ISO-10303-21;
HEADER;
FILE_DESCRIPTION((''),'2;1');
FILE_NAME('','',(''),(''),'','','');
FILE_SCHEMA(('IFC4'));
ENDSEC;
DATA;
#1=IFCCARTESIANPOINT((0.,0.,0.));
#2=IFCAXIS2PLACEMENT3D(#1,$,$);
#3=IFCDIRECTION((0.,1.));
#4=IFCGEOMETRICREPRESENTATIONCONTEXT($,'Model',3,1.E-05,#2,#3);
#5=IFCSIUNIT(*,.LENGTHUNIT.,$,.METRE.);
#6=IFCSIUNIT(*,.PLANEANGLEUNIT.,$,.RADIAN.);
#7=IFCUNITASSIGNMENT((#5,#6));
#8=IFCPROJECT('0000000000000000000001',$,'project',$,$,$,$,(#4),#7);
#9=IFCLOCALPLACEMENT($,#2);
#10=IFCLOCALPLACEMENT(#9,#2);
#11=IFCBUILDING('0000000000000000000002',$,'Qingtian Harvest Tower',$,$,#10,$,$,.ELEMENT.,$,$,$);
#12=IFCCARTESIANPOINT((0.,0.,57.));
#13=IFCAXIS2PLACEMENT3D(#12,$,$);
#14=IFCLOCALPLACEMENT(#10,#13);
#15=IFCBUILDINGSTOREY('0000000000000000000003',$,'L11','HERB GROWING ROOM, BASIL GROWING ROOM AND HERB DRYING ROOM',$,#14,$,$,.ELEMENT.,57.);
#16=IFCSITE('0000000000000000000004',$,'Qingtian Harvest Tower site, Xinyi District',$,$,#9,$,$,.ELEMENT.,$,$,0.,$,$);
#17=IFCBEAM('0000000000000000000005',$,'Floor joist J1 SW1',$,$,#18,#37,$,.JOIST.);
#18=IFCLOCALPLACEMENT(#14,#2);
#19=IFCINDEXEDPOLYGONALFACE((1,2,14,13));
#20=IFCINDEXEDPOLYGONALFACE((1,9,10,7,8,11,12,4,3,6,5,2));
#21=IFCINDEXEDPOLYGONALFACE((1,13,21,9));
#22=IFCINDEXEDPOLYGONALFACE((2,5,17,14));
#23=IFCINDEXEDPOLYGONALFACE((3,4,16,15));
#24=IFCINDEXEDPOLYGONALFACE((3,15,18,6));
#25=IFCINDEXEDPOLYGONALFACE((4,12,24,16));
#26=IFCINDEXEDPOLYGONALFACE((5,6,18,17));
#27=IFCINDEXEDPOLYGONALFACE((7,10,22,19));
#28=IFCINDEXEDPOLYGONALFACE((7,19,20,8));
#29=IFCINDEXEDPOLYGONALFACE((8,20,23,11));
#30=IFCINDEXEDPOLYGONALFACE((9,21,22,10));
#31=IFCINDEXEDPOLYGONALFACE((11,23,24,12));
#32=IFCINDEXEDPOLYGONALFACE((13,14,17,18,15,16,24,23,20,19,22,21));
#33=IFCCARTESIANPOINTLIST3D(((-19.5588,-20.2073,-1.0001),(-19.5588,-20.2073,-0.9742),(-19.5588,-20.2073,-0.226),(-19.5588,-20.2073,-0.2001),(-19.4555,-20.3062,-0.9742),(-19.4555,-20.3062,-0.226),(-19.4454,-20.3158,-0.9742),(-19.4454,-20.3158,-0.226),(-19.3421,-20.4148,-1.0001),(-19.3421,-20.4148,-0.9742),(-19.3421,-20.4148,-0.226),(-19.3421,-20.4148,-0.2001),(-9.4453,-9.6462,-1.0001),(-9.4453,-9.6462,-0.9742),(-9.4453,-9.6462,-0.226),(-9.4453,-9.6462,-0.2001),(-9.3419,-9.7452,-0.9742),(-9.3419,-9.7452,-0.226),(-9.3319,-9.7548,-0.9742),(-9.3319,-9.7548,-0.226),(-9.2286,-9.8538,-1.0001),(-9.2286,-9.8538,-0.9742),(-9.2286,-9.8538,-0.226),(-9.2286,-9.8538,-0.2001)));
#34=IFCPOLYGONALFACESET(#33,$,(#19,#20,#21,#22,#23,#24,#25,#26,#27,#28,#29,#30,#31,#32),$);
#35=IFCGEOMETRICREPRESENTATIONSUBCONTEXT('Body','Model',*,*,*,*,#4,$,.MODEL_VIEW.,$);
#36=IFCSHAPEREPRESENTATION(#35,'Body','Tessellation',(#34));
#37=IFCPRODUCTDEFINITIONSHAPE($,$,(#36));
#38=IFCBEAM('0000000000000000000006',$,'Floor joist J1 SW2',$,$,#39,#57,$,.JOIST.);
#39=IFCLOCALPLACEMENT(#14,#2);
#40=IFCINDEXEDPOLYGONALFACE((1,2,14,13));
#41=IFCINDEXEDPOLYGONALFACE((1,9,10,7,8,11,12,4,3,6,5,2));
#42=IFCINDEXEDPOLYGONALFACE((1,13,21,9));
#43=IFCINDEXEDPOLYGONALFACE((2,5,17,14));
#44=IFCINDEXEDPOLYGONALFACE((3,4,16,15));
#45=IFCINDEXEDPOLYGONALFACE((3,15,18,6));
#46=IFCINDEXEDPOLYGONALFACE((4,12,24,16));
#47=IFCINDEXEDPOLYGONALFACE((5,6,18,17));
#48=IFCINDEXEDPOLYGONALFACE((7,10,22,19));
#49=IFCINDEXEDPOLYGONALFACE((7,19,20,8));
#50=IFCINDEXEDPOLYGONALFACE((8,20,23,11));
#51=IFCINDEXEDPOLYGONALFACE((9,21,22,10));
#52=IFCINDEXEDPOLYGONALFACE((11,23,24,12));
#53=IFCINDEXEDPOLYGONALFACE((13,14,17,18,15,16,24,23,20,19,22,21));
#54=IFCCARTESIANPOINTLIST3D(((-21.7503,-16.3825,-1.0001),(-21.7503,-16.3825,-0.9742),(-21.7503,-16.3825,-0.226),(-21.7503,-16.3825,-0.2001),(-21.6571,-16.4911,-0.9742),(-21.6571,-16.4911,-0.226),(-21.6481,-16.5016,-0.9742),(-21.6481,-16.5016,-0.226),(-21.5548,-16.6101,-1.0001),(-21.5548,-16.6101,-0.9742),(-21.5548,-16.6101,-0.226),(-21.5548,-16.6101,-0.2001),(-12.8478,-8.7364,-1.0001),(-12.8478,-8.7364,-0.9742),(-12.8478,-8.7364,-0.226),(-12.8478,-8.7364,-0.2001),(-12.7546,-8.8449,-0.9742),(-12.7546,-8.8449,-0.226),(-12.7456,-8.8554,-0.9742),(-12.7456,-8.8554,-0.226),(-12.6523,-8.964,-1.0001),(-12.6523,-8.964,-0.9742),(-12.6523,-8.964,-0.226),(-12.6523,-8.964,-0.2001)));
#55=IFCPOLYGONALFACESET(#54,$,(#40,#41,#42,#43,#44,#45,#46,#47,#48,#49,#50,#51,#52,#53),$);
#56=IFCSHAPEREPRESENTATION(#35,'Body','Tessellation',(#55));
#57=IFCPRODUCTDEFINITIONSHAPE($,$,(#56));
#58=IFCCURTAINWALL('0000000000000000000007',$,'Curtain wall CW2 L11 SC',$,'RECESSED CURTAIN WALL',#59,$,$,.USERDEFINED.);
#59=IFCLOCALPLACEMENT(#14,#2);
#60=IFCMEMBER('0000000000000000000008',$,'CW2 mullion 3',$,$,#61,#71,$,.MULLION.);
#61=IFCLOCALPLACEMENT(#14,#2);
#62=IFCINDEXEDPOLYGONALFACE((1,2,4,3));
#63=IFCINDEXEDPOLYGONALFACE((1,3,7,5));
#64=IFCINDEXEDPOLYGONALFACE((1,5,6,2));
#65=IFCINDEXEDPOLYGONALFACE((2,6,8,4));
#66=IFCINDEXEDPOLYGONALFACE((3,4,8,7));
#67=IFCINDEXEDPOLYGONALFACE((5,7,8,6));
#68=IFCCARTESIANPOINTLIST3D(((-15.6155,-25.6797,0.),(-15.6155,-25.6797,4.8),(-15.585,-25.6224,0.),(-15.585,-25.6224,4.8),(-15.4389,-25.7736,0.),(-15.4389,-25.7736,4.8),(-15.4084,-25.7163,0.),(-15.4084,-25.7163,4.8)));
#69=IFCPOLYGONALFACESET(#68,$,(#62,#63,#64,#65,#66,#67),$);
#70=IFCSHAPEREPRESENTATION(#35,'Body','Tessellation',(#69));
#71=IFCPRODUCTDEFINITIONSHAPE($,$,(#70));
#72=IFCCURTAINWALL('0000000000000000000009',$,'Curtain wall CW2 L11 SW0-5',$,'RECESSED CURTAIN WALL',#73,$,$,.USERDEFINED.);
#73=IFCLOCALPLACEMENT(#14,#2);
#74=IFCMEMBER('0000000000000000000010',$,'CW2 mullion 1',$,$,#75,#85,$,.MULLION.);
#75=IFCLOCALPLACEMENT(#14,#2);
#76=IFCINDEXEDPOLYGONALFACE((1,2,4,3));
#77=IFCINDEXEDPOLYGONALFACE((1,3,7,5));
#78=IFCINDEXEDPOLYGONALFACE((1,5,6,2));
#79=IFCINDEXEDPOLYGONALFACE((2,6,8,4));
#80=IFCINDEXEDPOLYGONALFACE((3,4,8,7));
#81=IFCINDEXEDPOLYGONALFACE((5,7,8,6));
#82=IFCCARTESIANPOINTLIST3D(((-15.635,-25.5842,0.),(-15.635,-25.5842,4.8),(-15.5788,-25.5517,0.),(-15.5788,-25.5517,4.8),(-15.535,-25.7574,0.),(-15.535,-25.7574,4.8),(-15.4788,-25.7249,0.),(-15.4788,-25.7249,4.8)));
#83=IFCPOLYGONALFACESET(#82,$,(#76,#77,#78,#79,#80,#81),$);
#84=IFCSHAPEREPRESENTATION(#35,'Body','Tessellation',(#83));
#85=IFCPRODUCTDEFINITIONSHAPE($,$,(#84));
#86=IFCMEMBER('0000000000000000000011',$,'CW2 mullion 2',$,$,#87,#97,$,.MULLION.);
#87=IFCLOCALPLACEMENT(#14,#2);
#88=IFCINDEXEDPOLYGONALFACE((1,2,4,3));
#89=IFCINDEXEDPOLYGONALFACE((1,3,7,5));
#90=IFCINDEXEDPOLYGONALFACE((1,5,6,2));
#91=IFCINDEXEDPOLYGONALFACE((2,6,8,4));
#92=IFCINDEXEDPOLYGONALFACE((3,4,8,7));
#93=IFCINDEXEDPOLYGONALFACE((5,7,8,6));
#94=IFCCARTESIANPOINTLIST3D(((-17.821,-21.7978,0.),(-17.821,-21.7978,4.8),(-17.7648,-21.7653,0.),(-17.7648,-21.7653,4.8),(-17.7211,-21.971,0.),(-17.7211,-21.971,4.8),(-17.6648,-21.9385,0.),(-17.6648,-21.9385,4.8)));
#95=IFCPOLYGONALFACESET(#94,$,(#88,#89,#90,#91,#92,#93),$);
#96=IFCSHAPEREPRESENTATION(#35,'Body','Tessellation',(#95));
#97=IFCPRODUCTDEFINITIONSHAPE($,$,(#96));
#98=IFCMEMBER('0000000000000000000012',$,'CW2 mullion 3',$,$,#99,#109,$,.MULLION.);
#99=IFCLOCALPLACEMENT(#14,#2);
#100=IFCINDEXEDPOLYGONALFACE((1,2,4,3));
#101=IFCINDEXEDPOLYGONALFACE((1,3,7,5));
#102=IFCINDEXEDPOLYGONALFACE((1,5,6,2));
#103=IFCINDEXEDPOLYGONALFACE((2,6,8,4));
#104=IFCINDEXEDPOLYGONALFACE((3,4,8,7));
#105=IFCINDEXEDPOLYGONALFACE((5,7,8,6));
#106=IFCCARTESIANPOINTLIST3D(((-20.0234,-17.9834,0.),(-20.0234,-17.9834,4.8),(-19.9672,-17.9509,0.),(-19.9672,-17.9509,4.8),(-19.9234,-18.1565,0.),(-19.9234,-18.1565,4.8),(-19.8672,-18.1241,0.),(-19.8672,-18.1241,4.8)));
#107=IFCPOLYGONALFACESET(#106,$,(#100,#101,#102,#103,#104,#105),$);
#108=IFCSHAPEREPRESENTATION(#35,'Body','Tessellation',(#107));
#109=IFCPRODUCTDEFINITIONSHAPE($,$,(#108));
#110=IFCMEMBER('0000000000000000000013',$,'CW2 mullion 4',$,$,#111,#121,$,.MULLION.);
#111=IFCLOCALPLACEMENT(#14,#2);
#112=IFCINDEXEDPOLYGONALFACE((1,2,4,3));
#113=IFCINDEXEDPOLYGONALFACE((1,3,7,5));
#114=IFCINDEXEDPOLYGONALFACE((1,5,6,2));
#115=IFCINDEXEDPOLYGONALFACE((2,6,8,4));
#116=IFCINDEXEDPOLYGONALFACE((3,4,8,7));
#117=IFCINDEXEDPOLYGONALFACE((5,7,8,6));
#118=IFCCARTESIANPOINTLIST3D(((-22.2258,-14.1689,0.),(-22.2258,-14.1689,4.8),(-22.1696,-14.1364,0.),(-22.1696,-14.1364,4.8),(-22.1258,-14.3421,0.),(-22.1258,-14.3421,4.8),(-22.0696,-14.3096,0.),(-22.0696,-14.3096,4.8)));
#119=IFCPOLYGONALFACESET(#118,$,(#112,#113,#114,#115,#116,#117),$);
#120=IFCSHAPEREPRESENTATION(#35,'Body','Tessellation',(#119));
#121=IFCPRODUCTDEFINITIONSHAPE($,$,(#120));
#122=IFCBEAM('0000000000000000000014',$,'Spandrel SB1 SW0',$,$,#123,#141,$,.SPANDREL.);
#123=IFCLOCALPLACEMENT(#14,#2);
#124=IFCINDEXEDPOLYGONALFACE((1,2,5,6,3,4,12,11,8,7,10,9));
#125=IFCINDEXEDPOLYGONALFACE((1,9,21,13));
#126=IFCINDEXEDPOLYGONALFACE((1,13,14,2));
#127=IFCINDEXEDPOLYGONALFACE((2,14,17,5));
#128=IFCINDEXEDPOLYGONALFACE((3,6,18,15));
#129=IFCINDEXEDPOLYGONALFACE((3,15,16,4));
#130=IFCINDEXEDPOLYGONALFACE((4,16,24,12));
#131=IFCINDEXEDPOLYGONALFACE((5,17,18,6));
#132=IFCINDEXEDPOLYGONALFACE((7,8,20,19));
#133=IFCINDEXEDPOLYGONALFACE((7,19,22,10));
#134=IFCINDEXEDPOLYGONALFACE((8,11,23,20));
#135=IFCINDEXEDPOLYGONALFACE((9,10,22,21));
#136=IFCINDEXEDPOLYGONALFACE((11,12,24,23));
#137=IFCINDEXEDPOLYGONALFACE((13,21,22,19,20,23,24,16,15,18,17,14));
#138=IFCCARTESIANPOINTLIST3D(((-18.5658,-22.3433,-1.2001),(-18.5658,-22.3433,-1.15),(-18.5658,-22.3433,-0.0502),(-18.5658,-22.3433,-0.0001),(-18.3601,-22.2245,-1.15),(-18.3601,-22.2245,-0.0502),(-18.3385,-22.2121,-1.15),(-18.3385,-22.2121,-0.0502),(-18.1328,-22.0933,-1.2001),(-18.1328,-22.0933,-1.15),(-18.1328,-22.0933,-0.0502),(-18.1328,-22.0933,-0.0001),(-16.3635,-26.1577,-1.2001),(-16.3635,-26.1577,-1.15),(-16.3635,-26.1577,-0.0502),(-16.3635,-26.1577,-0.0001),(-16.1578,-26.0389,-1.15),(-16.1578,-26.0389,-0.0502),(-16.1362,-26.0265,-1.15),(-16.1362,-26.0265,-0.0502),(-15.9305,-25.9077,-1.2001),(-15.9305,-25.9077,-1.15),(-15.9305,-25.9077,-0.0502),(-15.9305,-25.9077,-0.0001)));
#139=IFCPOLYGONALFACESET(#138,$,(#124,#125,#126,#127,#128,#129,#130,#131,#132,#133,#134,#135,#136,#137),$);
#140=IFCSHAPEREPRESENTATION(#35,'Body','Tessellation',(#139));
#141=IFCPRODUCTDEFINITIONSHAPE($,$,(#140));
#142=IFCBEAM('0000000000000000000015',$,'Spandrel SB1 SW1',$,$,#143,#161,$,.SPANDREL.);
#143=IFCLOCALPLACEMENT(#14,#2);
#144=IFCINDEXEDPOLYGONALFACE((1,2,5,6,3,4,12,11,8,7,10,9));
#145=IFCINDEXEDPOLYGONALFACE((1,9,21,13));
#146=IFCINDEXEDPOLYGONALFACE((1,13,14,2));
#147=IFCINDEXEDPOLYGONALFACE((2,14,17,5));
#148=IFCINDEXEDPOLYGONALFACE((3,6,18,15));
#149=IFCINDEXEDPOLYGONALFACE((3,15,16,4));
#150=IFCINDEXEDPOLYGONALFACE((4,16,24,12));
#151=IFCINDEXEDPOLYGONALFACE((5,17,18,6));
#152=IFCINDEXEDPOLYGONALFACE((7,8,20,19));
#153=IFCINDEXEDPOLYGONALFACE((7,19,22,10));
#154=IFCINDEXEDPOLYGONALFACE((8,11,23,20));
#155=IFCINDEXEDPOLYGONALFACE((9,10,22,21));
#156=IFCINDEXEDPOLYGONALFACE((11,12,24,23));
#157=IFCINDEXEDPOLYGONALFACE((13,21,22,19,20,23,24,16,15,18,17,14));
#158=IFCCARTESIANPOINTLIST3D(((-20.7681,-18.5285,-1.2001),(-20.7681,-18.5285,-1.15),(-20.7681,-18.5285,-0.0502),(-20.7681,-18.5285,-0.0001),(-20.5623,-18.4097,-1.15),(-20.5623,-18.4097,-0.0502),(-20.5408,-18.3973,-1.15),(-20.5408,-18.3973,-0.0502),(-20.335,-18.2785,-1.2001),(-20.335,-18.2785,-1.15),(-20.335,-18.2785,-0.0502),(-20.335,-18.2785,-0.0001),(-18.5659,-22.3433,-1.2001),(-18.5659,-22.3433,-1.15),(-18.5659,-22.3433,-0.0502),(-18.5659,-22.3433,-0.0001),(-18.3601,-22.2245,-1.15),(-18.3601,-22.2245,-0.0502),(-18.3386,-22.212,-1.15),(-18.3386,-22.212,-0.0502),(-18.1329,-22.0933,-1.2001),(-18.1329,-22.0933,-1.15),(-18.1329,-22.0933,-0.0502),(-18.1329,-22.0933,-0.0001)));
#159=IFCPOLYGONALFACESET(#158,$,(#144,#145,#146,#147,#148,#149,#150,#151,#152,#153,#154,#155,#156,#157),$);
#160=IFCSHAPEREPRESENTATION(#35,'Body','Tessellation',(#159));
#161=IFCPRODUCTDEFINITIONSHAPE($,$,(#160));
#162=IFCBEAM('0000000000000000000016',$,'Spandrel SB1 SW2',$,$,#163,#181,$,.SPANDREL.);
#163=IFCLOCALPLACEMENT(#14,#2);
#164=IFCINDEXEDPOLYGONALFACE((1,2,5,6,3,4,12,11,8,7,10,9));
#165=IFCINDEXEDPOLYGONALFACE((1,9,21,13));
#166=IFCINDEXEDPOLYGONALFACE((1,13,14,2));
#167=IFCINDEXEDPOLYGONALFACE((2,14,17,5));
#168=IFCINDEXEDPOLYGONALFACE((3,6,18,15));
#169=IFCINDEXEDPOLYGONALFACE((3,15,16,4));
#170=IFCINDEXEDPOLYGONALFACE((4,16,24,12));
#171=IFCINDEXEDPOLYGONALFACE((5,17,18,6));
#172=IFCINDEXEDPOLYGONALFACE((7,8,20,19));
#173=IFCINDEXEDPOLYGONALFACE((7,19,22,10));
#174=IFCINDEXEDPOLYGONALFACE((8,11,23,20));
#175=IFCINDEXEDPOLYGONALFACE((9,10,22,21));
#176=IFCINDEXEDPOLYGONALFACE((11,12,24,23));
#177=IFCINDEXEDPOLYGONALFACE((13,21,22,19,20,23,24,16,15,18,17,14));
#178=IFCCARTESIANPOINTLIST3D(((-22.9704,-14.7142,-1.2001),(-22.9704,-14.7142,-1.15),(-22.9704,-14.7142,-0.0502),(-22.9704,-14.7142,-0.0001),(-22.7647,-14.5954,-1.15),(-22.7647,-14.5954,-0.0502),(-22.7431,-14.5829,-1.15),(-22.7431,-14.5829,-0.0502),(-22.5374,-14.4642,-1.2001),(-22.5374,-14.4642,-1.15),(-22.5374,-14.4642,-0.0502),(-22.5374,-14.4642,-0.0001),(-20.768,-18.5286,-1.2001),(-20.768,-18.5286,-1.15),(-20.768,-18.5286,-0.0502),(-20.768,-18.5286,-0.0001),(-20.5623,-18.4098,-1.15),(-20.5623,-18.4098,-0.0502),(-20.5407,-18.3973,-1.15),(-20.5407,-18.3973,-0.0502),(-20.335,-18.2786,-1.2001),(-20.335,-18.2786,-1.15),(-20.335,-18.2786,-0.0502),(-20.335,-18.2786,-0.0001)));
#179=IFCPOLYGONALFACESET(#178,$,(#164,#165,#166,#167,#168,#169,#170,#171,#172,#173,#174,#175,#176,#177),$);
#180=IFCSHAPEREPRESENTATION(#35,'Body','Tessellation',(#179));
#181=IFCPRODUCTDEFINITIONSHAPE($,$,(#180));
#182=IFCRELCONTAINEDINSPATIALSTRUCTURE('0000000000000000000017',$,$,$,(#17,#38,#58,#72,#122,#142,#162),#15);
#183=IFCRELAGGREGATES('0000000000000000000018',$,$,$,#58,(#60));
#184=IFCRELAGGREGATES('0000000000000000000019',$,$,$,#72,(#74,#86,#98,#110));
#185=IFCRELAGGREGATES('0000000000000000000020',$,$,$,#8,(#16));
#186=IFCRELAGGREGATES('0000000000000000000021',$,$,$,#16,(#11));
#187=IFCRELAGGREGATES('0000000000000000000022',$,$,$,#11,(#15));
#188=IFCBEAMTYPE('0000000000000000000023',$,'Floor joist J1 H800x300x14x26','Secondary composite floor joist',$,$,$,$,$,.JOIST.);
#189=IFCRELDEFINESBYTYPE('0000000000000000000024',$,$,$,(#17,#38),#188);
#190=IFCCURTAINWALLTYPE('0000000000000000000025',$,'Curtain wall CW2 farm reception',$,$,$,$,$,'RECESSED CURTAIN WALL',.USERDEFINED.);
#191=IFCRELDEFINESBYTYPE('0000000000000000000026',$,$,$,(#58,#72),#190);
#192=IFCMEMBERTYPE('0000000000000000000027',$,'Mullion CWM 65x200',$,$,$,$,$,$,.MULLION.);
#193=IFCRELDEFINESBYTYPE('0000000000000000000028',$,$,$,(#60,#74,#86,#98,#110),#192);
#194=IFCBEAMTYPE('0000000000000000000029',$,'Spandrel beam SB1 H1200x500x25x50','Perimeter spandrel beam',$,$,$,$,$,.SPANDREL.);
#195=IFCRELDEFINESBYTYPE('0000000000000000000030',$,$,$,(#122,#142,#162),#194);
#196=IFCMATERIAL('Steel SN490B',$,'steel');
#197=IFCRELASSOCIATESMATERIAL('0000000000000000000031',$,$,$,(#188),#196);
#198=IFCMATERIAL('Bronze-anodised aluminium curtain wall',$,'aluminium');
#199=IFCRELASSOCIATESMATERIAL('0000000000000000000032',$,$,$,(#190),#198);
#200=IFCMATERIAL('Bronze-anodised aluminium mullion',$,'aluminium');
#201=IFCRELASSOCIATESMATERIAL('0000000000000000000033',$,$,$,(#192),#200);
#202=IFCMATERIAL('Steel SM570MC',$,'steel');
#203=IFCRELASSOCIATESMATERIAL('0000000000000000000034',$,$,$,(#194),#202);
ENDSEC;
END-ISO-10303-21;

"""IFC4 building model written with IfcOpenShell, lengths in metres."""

from ifc_helpers import new_model, si_unit, direction, frame, origin, origin_2d, place, context, subcontext, project, spatial, rectangle, i_section, extrude, material, material_profile, profile_set, type_object, element, aggregate, save


model = new_model("IFC4")

# Units and contexts
model_context = context("Model", 3, precision=1e-05, world=origin(), true_north=direction((0.0, 1.0)))
body_context = subcontext(model_context, "Body", "Model", "MODEL_VIEW")
ifc_project = project(units=[si_unit("LENGTHUNIT", "METRE"), si_unit("PLANEANGLEUNIT", "RADIAN")], contexts=[model_context])

# Site, building, storey
site_placement = place(None, origin())
site = spatial("IfcSite", under=ifc_project, at=site_placement, Name="Qingtian Harvest Tower site, Xinyi District", CompositionType="ELEMENT", RefElevation=0.0)
building_placement = place(site_placement, origin())
building = spatial("IfcBuilding", under=site, at=building_placement, Name="Qingtian Harvest Tower", CompositionType="ELEMENT")
storey_placement = place(building_placement, frame((0.0, 0.0, 57.0)))
storey = spatial("IfcBuildingStorey", under=building, at=storey_placement, Name="L11", Description="HERB GROWING ROOM, BASIL GROWING ROOM AND HERB DRYING ROOM", CompositionType="ELEMENT", Elevation=57.0)

# Beams
ifc_material_1 = material(Name="Steel SN490B", Category="steel")
ifc_material_profile_1 = material_profile(ifc_material_1, i_section(OverallWidth=0.3, OverallDepth=0.8, WebThickness=0.0139, FlangeThickness=0.0259, at=origin_2d()), Name="H800x300x14x26")
ifc_profile_set_1 = profile_set([ifc_material_profile_1], Name="Steel SN490B")
beam_type_1 = type_object("IfcBeamType", Name="Floor joist J1 H800x300x14x26", Description="Secondary composite floor joist", PredefinedType="JOIST", material=ifc_profile_set_1)
beam_1_placement = place(storey_placement, frame((-19.4504, -20.311, -0.6001), z_axis=(0.691639, 0.722243, 0.0), x_axis=(-0.722243, 0.691639, 0.0)))
element("IfcBeam", 1, at=beam_1_placement, inside=storey, type_object=beam_type_1, Name="Floor joist J1 SW1", PredefinedType="JOIST", context=body_context, shape_type="SweptSolid", body=[
    extrude(i_section(OverallWidth=0.3, OverallDepth=0.8, WebThickness=0.0139, FlangeThickness=0.0259, at=origin_2d()), origin(), (0.0, 0.0, 1.0), 14.6226),
])
beam_2_placement = place(storey_placement, frame((-21.6526, -16.4963, -0.6001), z_axis=(0.758606, 0.65155, 0.0), x_axis=(-0.65155, 0.758606, 0.0)))
element("IfcBeam", 2, at=beam_2_placement, inside=storey, type_object=beam_type_1, Name="Floor joist J1 SW2", PredefinedType="JOIST", context=body_context, shape_type="SweptSolid", body=[
    extrude(i_section(OverallWidth=0.3, OverallDepth=0.8, WebThickness=0.0139, FlangeThickness=0.0259, at=origin_2d()), origin(), (0.0, 0.0, 1.0), 11.7354),
])

# Curtain wall, member
ifc_material_2 = material(Name="Bronze-anodised aluminium curtain wall", Category="aluminium")
curtain_wall_type = type_object("IfcCurtainWallType", Name="Curtain wall CW2 farm reception", ElementType="RECESSED CURTAIN WALL", PredefinedType="USERDEFINED", material=ifc_material_2)
curtain_wall_1_placement = place(storey_placement, origin())
curtain_wall_1 = element("IfcCurtainWall", 3, at=curtain_wall_1_placement, inside=storey, type_object=curtain_wall_type, Name="Curtain wall CW2 L11 SC", ObjectType="RECESSED CURTAIN WALL", PredefinedType="USERDEFINED")
ifc_material_3 = material(Name="Bronze-anodised aluminium mullion", Category="aluminium")
ifc_material_profile_2 = material_profile(ifc_material_3, rectangle(XDim=0.0649, YDim=0.2, at=origin_2d()), Name="AL 65x200")
ifc_profile_set_2 = profile_set([ifc_material_profile_2], Name="Bronze-anodised aluminium mullion")
member_type_1 = type_object("IfcMemberType", Name="Mullion CWM 65x200", PredefinedType="MULLION", material=ifc_profile_set_2)
member_1_placement = place(storey_placement, frame((-15.512, -25.698, 0.0), z_axis=(0.0, 0.0, 1.0), x_axis=(-0.469472, -0.882948, 0.0)))
member_1 = element("IfcMember", 4, at=member_1_placement, type_object=member_type_1, Name="CW2 mullion 3", PredefinedType="MULLION", context=body_context, shape_type="SweptSolid", body=[
    extrude(rectangle(XDim=0.0649, YDim=0.2, at=origin_2d()), origin(), (0.0, 0.0, 1.0), 4.8),
])

# Curtain wall, members
curtain_wall_2_placement = place(storey_placement, origin())
curtain_wall_2 = element("IfcCurtainWall", 5, at=curtain_wall_2_placement, inside=storey, type_object=curtain_wall_type, Name="Curtain wall CW2 L11 SW0-5", ObjectType="RECESSED CURTAIN WALL", PredefinedType="USERDEFINED")
member_2_placement = place(storey_placement, frame((-15.5569, -25.6545, 0.0), z_axis=(0.0, 0.0, 1.0), x_axis=(-0.866025, -0.5, 0.0)))
member_2 = element("IfcMember", 6, at=member_2_placement, type_object=member_type_1, Name="CW2 mullion 1", PredefinedType="MULLION", context=body_context, shape_type="SweptSolid", body=[
    extrude(rectangle(XDim=0.0649, YDim=0.2, at=origin_2d()), origin(), (0.0, 0.0, 1.0), 4.8),
])
member_3_placement = place(storey_placement, frame((-17.7429, -21.8682, 0.0), z_axis=(0.0, 0.0, 1.0), x_axis=(-0.866025, -0.5, 0.0)))
member_3 = element("IfcMember", 7, at=member_3_placement, type_object=member_type_1, Name="CW2 mullion 2", PredefinedType="MULLION", context=body_context, shape_type="SweptSolid", body=[
    extrude(rectangle(XDim=0.0649, YDim=0.2, at=origin_2d()), origin(), (0.0, 0.0, 1.0), 4.8),
])
member_4_placement = place(storey_placement, frame((-19.9453, -18.0537, 0.0), z_axis=(0.0, 0.0, 1.0), x_axis=(-0.866025, -0.5, 0.0)))
member_4 = element("IfcMember", 8, at=member_4_placement, type_object=member_type_1, Name="CW2 mullion 3", PredefinedType="MULLION", context=body_context, shape_type="SweptSolid", body=[
    extrude(rectangle(XDim=0.0649, YDim=0.2, at=origin_2d()), origin(), (0.0, 0.0, 1.0), 4.8),
])
member_5_placement = place(storey_placement, frame((-22.1477, -14.2393, 0.0), z_axis=(0.0, 0.0, 1.0), x_axis=(-0.866025, -0.5, 0.0)))
member_5 = element("IfcMember", 9, at=member_5_placement, type_object=member_type_1, Name="CW2 mullion 4", PredefinedType="MULLION", context=body_context, shape_type="SweptSolid", body=[
    extrude(rectangle(XDim=0.0649, YDim=0.2, at=origin_2d()), origin(), (0.0, 0.0, 1.0), 4.8),
])

# Beams
ifc_material_4 = material(Name="Steel SM570MC", Category="steel")
ifc_material_profile_3 = material_profile(ifc_material_4, i_section(OverallWidth=0.5, OverallDepth=1.2, WebThickness=0.0249, FlangeThickness=0.05, at=origin_2d()), Name="H1200x500x25x50")
ifc_profile_set_3 = profile_set([ifc_material_profile_3], Name="Steel SM570MC")
beam_type_2 = type_object("IfcBeamType", Name="Spandrel beam SB1 H1200x500x25x50", Description="Perimeter spandrel beam", PredefinedType="SPANDREL", material=ifc_profile_set_3)
beam_3_placement = place(storey_placement, frame((-16.147, -26.0327, -0.6001), z_axis=(-0.50002, 0.866014, 0.0), x_axis=(-0.866014, -0.50002, 0.0)))
element("IfcBeam", 10, at=beam_3_placement, inside=storey, type_object=beam_type_2, Name="Spandrel SB1 SW0", PredefinedType="SPANDREL", context=body_context, shape_type="SweptSolid", body=[
    extrude(i_section(OverallWidth=0.5, OverallDepth=1.2, WebThickness=0.0249, FlangeThickness=0.05, at=origin_2d()), origin(), (0.0, 0.0, 1.0), 4.4045),
])
beam_4_placement = place(storey_placement, frame((-18.3494, -22.2183, -0.6001), z_axis=(-0.499954, 0.866052, 0.0), x_axis=(-0.866052, -0.499954, 0.0)))
element("IfcBeam", 11, at=beam_4_placement, inside=storey, type_object=beam_type_2, Name="Spandrel SB1 SW1", PredefinedType="SPANDREL", context=body_context, shape_type="SweptSolid", body=[
    extrude(i_section(OverallWidth=0.5, OverallDepth=1.2, WebThickness=0.0249, FlangeThickness=0.05, at=origin_2d()), origin(), (0.0, 0.0, 1.0), 4.4048),
])
for number, where, z_axis, x_axis, name in (
    (12, (-20.5515, -18.4036, -0.6001), (-0.50002, 0.866014, 0.0), (-0.866014, -0.50002, 0.0), "Spandrel SB1 SW2"),
):
    element("IfcBeam", number, at=place(storey_placement, frame(where, z_axis=z_axis, x_axis=x_axis)), inside=storey, type_object=beam_type_2, Name=name, PredefinedType="SPANDREL", context=body_context, shape_type="SweptSolid", body=[
        extrude(i_section(OverallWidth=0.5, OverallDepth=1.2, WebThickness=0.0249, FlangeThickness=0.05, at=origin_2d()), origin(), (0.0, 0.0, 1.0), 4.4045),
    ])

aggregate(curtain_wall_1, [member_1])
aggregate(curtain_wall_2, [member_2, member_3, member_4, member_5])

save(model, "model.ifc")
